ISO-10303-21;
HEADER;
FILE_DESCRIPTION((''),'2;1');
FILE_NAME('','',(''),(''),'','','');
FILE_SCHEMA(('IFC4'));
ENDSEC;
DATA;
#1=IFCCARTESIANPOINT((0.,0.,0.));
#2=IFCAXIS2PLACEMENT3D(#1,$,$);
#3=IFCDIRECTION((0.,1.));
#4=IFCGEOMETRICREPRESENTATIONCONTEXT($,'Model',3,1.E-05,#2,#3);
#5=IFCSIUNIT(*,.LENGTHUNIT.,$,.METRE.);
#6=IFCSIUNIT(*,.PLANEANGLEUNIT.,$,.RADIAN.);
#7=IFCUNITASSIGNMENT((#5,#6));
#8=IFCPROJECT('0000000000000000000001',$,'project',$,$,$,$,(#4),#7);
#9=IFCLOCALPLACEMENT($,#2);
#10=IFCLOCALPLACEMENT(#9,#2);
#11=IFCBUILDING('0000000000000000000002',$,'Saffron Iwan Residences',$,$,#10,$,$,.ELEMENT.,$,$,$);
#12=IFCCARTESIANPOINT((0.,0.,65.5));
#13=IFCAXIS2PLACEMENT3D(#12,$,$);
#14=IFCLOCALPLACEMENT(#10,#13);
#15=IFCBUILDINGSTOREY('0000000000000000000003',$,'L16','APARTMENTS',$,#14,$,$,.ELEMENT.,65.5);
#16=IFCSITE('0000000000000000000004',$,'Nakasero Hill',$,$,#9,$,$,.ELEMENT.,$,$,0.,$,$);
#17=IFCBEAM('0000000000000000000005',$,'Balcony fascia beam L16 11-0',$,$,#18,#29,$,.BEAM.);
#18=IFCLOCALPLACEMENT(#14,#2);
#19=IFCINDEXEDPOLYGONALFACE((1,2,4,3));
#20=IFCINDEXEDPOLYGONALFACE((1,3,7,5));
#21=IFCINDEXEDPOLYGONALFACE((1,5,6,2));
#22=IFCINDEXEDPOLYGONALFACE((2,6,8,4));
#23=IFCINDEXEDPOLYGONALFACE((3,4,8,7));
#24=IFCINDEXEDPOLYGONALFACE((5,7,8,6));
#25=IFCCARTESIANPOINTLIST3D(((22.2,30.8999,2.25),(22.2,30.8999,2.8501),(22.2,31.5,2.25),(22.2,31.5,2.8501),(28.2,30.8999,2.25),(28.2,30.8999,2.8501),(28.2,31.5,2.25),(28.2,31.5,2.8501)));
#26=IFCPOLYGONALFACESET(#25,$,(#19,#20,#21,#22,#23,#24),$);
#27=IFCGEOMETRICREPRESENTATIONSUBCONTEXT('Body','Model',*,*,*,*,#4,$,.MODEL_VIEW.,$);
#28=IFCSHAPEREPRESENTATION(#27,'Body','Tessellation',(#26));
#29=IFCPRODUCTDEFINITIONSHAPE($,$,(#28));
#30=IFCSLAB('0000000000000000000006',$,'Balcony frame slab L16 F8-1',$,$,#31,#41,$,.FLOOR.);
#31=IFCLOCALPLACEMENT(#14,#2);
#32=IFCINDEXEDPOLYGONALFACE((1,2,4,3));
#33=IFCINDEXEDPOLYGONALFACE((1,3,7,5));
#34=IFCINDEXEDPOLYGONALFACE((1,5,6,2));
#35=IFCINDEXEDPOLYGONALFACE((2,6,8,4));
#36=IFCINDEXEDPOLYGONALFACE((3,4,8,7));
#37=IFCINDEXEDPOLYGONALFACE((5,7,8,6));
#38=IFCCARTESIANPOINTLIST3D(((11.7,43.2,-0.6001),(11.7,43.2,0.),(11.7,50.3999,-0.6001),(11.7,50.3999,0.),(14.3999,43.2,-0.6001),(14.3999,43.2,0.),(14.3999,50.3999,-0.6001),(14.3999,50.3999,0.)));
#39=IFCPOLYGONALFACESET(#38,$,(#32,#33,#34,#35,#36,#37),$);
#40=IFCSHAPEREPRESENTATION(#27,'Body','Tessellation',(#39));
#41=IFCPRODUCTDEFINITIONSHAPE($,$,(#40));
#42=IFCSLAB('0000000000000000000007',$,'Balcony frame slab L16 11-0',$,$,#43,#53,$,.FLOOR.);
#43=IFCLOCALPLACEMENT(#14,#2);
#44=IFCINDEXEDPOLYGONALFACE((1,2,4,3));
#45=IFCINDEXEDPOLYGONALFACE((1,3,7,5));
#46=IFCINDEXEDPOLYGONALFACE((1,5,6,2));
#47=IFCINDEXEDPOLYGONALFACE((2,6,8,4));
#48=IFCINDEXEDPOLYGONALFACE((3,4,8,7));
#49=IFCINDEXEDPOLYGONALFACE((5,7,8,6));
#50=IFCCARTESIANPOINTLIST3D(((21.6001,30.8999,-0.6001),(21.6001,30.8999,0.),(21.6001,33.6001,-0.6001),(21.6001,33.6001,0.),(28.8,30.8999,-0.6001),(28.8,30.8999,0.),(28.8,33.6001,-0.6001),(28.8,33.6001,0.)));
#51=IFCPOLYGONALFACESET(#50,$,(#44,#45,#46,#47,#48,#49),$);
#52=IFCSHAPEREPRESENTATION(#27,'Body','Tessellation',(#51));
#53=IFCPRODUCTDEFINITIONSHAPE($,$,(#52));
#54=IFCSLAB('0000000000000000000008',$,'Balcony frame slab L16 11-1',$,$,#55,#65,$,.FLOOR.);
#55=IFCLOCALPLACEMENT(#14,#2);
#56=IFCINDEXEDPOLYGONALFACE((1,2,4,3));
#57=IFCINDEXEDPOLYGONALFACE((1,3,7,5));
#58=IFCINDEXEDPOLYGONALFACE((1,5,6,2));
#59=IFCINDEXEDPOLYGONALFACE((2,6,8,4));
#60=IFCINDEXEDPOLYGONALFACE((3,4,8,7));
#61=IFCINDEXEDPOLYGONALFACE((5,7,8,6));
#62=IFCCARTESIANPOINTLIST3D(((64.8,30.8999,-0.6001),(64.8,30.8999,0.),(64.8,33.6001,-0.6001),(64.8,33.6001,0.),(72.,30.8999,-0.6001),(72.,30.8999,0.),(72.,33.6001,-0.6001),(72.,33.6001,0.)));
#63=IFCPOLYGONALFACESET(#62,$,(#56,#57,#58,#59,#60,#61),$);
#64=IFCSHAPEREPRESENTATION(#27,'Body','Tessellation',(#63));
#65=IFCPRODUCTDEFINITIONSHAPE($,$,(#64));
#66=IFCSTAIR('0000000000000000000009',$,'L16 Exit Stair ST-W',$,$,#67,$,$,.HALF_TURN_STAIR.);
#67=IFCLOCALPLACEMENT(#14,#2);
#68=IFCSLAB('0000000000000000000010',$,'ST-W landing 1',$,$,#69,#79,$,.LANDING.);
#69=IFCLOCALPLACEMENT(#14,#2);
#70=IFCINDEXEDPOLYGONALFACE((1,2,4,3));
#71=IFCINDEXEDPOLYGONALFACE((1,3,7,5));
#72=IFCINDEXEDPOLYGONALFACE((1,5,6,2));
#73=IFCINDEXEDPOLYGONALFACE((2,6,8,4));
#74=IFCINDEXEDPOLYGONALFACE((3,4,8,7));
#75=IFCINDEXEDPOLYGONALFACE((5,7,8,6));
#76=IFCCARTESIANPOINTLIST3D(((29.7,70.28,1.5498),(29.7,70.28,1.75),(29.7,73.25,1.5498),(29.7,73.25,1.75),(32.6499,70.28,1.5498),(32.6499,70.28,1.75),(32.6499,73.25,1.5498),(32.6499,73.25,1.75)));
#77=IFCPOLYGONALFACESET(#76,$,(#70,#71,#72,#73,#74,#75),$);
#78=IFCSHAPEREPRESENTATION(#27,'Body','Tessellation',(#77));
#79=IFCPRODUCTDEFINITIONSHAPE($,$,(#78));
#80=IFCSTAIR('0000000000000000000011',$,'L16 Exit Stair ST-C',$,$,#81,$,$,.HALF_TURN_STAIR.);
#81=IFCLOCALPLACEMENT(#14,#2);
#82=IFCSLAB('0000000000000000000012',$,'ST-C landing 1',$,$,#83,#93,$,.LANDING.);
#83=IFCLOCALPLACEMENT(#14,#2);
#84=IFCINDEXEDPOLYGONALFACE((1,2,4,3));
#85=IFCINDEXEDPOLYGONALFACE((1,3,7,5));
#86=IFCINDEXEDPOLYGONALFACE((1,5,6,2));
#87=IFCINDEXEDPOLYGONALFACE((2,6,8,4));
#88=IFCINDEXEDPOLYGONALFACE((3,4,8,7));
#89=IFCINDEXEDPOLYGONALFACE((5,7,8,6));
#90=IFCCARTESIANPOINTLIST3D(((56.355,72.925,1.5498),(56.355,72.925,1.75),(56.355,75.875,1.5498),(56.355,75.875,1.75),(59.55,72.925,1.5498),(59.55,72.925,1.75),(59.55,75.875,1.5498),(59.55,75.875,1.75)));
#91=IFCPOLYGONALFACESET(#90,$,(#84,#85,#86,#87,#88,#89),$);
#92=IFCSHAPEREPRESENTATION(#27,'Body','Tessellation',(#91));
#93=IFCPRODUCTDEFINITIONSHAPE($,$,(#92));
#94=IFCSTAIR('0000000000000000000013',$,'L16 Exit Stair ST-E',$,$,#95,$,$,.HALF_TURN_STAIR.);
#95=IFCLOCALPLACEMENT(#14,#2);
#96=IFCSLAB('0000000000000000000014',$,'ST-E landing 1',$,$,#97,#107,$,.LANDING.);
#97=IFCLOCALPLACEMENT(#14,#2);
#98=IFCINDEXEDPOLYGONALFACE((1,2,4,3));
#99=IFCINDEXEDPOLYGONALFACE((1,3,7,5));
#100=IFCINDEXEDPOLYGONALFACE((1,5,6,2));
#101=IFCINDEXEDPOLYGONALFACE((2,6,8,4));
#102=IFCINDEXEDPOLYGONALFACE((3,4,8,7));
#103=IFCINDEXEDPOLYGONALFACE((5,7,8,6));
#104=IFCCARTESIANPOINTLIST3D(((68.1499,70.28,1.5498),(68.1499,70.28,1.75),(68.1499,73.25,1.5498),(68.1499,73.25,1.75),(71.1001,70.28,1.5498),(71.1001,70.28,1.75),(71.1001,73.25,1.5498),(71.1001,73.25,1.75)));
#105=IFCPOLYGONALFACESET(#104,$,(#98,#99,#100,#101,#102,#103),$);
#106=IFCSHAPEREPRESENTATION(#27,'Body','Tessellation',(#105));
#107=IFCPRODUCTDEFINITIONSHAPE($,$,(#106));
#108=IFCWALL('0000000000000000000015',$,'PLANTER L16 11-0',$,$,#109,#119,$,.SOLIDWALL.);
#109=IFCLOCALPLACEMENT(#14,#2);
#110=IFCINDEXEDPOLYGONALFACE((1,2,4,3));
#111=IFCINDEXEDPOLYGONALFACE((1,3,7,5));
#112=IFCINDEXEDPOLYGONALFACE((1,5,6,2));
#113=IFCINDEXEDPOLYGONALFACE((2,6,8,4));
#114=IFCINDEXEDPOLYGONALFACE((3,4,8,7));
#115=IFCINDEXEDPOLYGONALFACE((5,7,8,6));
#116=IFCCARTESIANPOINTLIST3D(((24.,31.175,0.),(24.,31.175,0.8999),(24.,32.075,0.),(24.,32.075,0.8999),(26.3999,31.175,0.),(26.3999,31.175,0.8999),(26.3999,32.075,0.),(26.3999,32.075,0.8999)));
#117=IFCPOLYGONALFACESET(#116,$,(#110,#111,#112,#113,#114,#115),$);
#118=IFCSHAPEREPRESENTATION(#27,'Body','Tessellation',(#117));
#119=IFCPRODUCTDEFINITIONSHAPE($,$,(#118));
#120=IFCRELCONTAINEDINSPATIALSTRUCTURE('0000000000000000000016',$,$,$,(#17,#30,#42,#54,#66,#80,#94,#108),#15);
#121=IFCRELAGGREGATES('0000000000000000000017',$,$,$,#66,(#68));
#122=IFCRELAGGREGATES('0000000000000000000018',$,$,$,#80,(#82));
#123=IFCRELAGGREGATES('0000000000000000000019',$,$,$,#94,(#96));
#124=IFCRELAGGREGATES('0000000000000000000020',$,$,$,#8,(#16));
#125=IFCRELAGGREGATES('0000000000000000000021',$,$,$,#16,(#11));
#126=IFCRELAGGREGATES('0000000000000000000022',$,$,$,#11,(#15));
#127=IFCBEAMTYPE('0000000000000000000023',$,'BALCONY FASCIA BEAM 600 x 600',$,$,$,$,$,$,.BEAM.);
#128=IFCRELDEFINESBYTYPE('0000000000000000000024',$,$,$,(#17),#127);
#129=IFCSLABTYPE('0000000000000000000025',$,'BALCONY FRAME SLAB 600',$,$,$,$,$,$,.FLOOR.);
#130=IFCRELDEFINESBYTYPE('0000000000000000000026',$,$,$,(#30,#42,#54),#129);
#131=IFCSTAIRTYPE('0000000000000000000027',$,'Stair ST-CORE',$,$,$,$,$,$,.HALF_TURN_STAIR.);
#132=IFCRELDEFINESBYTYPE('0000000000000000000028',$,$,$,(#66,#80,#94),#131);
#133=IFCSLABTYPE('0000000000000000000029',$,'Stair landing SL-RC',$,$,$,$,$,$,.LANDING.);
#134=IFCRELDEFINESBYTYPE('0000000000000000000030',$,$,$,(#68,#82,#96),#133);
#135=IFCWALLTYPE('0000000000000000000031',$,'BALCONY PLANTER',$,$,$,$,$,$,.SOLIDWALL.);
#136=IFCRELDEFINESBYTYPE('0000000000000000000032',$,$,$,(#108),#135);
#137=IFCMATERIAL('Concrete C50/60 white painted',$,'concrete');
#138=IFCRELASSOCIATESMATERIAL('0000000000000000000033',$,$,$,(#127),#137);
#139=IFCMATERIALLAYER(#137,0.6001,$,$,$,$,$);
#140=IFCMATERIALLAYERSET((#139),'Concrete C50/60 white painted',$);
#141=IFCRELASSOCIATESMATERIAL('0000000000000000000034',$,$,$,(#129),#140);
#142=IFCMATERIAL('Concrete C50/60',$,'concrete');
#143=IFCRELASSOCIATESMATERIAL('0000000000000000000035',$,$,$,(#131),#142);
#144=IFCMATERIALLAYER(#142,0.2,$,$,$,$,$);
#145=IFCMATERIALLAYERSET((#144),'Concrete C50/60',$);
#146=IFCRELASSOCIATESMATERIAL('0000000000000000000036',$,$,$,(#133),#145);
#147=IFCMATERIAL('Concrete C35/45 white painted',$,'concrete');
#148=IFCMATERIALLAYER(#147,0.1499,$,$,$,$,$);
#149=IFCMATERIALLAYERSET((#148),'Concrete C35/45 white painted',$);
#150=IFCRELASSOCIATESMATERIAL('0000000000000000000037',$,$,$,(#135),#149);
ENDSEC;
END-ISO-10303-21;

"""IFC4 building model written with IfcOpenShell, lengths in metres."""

from ifc_helpers import new_model, si_unit, direction, frame, frame_2d, origin, origin_2d, place, context, subcontext, project, spatial, polyline, rectangle, outline, extrude, source, transform, mapped, material, layer, layer_set, material_profile, profile_set, type_object, element, aggregate, save


model = new_model("IFC4")

# Units and contexts
model_context = context("Model", 3, precision=1e-05, world=origin(), true_north=direction((0.0, 1.0)))
body_context = subcontext(model_context, "Body", "Model", "MODEL_VIEW")
ifc_project = project(units=[si_unit("LENGTHUNIT", "METRE"), si_unit("PLANEANGLEUNIT", "RADIAN")], contexts=[model_context])

# Site, building, storey
site_placement = place(None, origin())
site = spatial("IfcSite", under=ifc_project, at=site_placement, Name="Nakasero Hill", CompositionType="ELEMENT", RefElevation=0.0)
building_placement = place(site_placement, origin())
building = spatial("IfcBuilding", under=site, at=building_placement, Name="Saffron Iwan Residences", CompositionType="ELEMENT")
storey_placement = place(building_placement, frame((0.0, 0.0, 65.5)))
storey = spatial("IfcBuildingStorey", under=building, at=storey_placement, Name="L16", Description="APARTMENTS", CompositionType="ELEMENT", Elevation=65.5)

# Beam
ifc_material_1 = material(Name="Concrete C50/60 white painted", Category="concrete")
ifc_material_profile = material_profile(ifc_material_1, rectangle(XDim=0.6001, YDim=0.6001, at=origin_2d()), Name="BALCONY FASCIA BEAM 600 x 600")
ifc_profile_set = profile_set([ifc_material_profile], Name="Concrete C50/60 white painted")
beam_type = type_object("IfcBeamType", Name="BALCONY FASCIA BEAM 600 x 600", PredefinedType="BEAM", material=ifc_profile_set)
shared_shape = source(origin(), body_context, "Body", "SweptSolid", [
    extrude(rectangle(XDim=0.6001, YDim=0.6001, at=origin_2d()), origin(), (0.0, 0.0, 1.0), 6.0),
])
beam_placement = place(storey_placement, frame((22.2, 31.2, 2.55), z_axis=(1.0, 0.0, 0.0), x_axis=(0.0, 1.0, 0.0)))
element("IfcBeam", 1, at=beam_placement, inside=storey, type_object=beam_type, Name="Balcony fascia beam L16 11-0", PredefinedType="BEAM", context=body_context, shape_type="MappedRepresentation", body=[
    mapped(shared_shape, transform((0.0, 0.0, 0.0))),
])

# Slabs
ifc_layer_1 = layer(ifc_material_1, 0.6001)
ifc_layer_set_1 = layer_set([ifc_layer_1], Name="Concrete C50/60 white painted")
slab_type_1 = type_object("IfcSlabType", Name="BALCONY FRAME SLAB 600", PredefinedType="FLOOR", material=ifc_layer_set_1)
slab_1_placement = place(storey_placement, frame((0.0, 0.0, -0.6001)))
element("IfcSlab", 2, at=slab_1_placement, inside=storey, type_object=slab_type_1, Name="Balcony frame slab L16 F8-1", PredefinedType="FLOOR", context=body_context, shape_type="SweptSolid", body=[
    extrude(outline(polyline([(11.7, 50.3999), (11.7, 43.2), (14.3999, 43.2), (14.3999, 50.3999), (11.7, 50.3999)])), origin(), (0.0, 0.0, 1.0), 0.6001),
])
slab_2_placement = place(storey_placement, frame((0.0, 0.0, -0.6001)))
element("IfcSlab", 3, at=slab_2_placement, inside=storey, type_object=slab_type_1, Name="Balcony frame slab L16 11-0", PredefinedType="FLOOR", context=body_context, shape_type="SweptSolid", body=[
    extrude(outline(polyline([(21.6001, 30.8999), (28.8, 30.8999), (28.8, 33.6001), (21.6001, 33.6001), (21.6001, 30.8999)])), origin(), (0.0, 0.0, 1.0), 0.6001),
])
slab_3_placement = place(storey_placement, frame((0.0, 0.0, -0.6001)))
element("IfcSlab", 4, at=slab_3_placement, inside=storey, type_object=slab_type_1, Name="Balcony frame slab L16 11-1", PredefinedType="FLOOR", context=body_context, shape_type="SweptSolid", body=[
    extrude(outline(polyline([(64.8, 30.8999), (72.0, 30.8999), (72.0, 33.6001), (64.8, 33.6001), (64.8, 30.8999)])), origin(), (0.0, 0.0, 1.0), 0.6001),
])

# Stairs, slabs
ifc_material_2 = material(Name="Concrete C50/60", Category="concrete")
stair_type = type_object("IfcStairType", Name="Stair ST-CORE", PredefinedType="HALF_TURN_STAIR", material=ifc_material_2)
stair_1_placement = place(storey_placement, origin())
stair_1 = element("IfcStair", 5, at=stair_1_placement, inside=storey, type_object=stair_type, Name="L16 Exit Stair ST-W", PredefinedType="HALF_TURN_STAIR")
ifc_layer_2 = layer(ifc_material_2, 0.2)
ifc_layer_set_2 = layer_set([ifc_layer_2], Name="Concrete C50/60")
slab_type_2 = type_object("IfcSlabType", Name="Stair landing SL-RC", PredefinedType="LANDING", material=ifc_layer_set_2)
slab_4_placement = place(storey_placement, frame((0.0, 0.0, 1.5498)))
slab_4 = element("IfcSlab", 6, at=slab_4_placement, type_object=slab_type_2, Name="ST-W landing 1", PredefinedType="LANDING", context=body_context, shape_type="SweptSolid", body=[
    extrude(outline(polyline([(32.6499, 70.28), (32.6499, 73.25), (29.7, 73.25), (29.7, 70.28), (32.6499, 70.28)])), origin(), (0.0, 0.0, 1.0), 0.2002),
])
aggregate(stair_1, [slab_4])
stair_2_placement = place(storey_placement, origin())
stair_2 = element("IfcStair", 7, at=stair_2_placement, inside=storey, type_object=stair_type, Name="L16 Exit Stair ST-C", PredefinedType="HALF_TURN_STAIR")
slab_5_placement = place(storey_placement, frame((0.0, 0.0, 1.5498)))
slab_5 = element("IfcSlab", 8, at=slab_5_placement, type_object=slab_type_2, Name="ST-C landing 1", PredefinedType="LANDING", context=body_context, shape_type="SweptSolid", body=[
    extrude(outline(polyline([(56.355, 72.925), (59.55, 72.925), (59.55, 75.875), (56.355, 75.875), (56.355, 72.925)])), origin(), (0.0, 0.0, 1.0), 0.2002),
])
aggregate(stair_2, [slab_5])
stair_3_placement = place(storey_placement, origin())
stair_3 = element("IfcStair", 9, at=stair_3_placement, inside=storey, type_object=stair_type, Name="L16 Exit Stair ST-E", PredefinedType="HALF_TURN_STAIR")
slab_6_placement = place(storey_placement, frame((0.0, 0.0, 1.5498)))
slab_6 = element("IfcSlab", 10, at=slab_6_placement, type_object=slab_type_2, Name="ST-E landing 1", PredefinedType="LANDING", context=body_context, shape_type="SweptSolid", body=[
    extrude(outline(polyline([(71.1001, 70.28), (71.1001, 73.25), (68.1499, 73.25), (68.1499, 70.28), (71.1001, 70.28)])), origin(), (0.0, 0.0, 1.0), 0.2002),
])
aggregate(stair_3, [slab_6])

# Wall
ifc_material_3 = material(Name="Concrete C35/45 white painted", Category="concrete")
ifc_layer_3 = layer(ifc_material_3, 0.1499)
ifc_layer_set_3 = layer_set([ifc_layer_3], Name="Concrete C35/45 white painted")
wall_type = type_object("IfcWallType", Name="BALCONY PLANTER", PredefinedType="SOLIDWALL", material=ifc_layer_set_3)
wall_placement = place(storey_placement, frame((24.0, 31.625, 0.0), z_axis=(0.0, 0.0, 1.0), x_axis=(1.0, 0.0, 0.0)))
element("IfcWall", 11, at=wall_placement, inside=storey, type_object=wall_type, Name="PLANTER L16 11-0", PredefinedType="SOLIDWALL", context=body_context, shape_type="SweptSolid", body=[
    extrude(rectangle(XDim=2.3999, YDim=0.8999, at=frame_2d((1.2, 0.0))), origin(), (0.0, 0.0, 1.0), 0.8999),
])

save(model, "model.ifc")
